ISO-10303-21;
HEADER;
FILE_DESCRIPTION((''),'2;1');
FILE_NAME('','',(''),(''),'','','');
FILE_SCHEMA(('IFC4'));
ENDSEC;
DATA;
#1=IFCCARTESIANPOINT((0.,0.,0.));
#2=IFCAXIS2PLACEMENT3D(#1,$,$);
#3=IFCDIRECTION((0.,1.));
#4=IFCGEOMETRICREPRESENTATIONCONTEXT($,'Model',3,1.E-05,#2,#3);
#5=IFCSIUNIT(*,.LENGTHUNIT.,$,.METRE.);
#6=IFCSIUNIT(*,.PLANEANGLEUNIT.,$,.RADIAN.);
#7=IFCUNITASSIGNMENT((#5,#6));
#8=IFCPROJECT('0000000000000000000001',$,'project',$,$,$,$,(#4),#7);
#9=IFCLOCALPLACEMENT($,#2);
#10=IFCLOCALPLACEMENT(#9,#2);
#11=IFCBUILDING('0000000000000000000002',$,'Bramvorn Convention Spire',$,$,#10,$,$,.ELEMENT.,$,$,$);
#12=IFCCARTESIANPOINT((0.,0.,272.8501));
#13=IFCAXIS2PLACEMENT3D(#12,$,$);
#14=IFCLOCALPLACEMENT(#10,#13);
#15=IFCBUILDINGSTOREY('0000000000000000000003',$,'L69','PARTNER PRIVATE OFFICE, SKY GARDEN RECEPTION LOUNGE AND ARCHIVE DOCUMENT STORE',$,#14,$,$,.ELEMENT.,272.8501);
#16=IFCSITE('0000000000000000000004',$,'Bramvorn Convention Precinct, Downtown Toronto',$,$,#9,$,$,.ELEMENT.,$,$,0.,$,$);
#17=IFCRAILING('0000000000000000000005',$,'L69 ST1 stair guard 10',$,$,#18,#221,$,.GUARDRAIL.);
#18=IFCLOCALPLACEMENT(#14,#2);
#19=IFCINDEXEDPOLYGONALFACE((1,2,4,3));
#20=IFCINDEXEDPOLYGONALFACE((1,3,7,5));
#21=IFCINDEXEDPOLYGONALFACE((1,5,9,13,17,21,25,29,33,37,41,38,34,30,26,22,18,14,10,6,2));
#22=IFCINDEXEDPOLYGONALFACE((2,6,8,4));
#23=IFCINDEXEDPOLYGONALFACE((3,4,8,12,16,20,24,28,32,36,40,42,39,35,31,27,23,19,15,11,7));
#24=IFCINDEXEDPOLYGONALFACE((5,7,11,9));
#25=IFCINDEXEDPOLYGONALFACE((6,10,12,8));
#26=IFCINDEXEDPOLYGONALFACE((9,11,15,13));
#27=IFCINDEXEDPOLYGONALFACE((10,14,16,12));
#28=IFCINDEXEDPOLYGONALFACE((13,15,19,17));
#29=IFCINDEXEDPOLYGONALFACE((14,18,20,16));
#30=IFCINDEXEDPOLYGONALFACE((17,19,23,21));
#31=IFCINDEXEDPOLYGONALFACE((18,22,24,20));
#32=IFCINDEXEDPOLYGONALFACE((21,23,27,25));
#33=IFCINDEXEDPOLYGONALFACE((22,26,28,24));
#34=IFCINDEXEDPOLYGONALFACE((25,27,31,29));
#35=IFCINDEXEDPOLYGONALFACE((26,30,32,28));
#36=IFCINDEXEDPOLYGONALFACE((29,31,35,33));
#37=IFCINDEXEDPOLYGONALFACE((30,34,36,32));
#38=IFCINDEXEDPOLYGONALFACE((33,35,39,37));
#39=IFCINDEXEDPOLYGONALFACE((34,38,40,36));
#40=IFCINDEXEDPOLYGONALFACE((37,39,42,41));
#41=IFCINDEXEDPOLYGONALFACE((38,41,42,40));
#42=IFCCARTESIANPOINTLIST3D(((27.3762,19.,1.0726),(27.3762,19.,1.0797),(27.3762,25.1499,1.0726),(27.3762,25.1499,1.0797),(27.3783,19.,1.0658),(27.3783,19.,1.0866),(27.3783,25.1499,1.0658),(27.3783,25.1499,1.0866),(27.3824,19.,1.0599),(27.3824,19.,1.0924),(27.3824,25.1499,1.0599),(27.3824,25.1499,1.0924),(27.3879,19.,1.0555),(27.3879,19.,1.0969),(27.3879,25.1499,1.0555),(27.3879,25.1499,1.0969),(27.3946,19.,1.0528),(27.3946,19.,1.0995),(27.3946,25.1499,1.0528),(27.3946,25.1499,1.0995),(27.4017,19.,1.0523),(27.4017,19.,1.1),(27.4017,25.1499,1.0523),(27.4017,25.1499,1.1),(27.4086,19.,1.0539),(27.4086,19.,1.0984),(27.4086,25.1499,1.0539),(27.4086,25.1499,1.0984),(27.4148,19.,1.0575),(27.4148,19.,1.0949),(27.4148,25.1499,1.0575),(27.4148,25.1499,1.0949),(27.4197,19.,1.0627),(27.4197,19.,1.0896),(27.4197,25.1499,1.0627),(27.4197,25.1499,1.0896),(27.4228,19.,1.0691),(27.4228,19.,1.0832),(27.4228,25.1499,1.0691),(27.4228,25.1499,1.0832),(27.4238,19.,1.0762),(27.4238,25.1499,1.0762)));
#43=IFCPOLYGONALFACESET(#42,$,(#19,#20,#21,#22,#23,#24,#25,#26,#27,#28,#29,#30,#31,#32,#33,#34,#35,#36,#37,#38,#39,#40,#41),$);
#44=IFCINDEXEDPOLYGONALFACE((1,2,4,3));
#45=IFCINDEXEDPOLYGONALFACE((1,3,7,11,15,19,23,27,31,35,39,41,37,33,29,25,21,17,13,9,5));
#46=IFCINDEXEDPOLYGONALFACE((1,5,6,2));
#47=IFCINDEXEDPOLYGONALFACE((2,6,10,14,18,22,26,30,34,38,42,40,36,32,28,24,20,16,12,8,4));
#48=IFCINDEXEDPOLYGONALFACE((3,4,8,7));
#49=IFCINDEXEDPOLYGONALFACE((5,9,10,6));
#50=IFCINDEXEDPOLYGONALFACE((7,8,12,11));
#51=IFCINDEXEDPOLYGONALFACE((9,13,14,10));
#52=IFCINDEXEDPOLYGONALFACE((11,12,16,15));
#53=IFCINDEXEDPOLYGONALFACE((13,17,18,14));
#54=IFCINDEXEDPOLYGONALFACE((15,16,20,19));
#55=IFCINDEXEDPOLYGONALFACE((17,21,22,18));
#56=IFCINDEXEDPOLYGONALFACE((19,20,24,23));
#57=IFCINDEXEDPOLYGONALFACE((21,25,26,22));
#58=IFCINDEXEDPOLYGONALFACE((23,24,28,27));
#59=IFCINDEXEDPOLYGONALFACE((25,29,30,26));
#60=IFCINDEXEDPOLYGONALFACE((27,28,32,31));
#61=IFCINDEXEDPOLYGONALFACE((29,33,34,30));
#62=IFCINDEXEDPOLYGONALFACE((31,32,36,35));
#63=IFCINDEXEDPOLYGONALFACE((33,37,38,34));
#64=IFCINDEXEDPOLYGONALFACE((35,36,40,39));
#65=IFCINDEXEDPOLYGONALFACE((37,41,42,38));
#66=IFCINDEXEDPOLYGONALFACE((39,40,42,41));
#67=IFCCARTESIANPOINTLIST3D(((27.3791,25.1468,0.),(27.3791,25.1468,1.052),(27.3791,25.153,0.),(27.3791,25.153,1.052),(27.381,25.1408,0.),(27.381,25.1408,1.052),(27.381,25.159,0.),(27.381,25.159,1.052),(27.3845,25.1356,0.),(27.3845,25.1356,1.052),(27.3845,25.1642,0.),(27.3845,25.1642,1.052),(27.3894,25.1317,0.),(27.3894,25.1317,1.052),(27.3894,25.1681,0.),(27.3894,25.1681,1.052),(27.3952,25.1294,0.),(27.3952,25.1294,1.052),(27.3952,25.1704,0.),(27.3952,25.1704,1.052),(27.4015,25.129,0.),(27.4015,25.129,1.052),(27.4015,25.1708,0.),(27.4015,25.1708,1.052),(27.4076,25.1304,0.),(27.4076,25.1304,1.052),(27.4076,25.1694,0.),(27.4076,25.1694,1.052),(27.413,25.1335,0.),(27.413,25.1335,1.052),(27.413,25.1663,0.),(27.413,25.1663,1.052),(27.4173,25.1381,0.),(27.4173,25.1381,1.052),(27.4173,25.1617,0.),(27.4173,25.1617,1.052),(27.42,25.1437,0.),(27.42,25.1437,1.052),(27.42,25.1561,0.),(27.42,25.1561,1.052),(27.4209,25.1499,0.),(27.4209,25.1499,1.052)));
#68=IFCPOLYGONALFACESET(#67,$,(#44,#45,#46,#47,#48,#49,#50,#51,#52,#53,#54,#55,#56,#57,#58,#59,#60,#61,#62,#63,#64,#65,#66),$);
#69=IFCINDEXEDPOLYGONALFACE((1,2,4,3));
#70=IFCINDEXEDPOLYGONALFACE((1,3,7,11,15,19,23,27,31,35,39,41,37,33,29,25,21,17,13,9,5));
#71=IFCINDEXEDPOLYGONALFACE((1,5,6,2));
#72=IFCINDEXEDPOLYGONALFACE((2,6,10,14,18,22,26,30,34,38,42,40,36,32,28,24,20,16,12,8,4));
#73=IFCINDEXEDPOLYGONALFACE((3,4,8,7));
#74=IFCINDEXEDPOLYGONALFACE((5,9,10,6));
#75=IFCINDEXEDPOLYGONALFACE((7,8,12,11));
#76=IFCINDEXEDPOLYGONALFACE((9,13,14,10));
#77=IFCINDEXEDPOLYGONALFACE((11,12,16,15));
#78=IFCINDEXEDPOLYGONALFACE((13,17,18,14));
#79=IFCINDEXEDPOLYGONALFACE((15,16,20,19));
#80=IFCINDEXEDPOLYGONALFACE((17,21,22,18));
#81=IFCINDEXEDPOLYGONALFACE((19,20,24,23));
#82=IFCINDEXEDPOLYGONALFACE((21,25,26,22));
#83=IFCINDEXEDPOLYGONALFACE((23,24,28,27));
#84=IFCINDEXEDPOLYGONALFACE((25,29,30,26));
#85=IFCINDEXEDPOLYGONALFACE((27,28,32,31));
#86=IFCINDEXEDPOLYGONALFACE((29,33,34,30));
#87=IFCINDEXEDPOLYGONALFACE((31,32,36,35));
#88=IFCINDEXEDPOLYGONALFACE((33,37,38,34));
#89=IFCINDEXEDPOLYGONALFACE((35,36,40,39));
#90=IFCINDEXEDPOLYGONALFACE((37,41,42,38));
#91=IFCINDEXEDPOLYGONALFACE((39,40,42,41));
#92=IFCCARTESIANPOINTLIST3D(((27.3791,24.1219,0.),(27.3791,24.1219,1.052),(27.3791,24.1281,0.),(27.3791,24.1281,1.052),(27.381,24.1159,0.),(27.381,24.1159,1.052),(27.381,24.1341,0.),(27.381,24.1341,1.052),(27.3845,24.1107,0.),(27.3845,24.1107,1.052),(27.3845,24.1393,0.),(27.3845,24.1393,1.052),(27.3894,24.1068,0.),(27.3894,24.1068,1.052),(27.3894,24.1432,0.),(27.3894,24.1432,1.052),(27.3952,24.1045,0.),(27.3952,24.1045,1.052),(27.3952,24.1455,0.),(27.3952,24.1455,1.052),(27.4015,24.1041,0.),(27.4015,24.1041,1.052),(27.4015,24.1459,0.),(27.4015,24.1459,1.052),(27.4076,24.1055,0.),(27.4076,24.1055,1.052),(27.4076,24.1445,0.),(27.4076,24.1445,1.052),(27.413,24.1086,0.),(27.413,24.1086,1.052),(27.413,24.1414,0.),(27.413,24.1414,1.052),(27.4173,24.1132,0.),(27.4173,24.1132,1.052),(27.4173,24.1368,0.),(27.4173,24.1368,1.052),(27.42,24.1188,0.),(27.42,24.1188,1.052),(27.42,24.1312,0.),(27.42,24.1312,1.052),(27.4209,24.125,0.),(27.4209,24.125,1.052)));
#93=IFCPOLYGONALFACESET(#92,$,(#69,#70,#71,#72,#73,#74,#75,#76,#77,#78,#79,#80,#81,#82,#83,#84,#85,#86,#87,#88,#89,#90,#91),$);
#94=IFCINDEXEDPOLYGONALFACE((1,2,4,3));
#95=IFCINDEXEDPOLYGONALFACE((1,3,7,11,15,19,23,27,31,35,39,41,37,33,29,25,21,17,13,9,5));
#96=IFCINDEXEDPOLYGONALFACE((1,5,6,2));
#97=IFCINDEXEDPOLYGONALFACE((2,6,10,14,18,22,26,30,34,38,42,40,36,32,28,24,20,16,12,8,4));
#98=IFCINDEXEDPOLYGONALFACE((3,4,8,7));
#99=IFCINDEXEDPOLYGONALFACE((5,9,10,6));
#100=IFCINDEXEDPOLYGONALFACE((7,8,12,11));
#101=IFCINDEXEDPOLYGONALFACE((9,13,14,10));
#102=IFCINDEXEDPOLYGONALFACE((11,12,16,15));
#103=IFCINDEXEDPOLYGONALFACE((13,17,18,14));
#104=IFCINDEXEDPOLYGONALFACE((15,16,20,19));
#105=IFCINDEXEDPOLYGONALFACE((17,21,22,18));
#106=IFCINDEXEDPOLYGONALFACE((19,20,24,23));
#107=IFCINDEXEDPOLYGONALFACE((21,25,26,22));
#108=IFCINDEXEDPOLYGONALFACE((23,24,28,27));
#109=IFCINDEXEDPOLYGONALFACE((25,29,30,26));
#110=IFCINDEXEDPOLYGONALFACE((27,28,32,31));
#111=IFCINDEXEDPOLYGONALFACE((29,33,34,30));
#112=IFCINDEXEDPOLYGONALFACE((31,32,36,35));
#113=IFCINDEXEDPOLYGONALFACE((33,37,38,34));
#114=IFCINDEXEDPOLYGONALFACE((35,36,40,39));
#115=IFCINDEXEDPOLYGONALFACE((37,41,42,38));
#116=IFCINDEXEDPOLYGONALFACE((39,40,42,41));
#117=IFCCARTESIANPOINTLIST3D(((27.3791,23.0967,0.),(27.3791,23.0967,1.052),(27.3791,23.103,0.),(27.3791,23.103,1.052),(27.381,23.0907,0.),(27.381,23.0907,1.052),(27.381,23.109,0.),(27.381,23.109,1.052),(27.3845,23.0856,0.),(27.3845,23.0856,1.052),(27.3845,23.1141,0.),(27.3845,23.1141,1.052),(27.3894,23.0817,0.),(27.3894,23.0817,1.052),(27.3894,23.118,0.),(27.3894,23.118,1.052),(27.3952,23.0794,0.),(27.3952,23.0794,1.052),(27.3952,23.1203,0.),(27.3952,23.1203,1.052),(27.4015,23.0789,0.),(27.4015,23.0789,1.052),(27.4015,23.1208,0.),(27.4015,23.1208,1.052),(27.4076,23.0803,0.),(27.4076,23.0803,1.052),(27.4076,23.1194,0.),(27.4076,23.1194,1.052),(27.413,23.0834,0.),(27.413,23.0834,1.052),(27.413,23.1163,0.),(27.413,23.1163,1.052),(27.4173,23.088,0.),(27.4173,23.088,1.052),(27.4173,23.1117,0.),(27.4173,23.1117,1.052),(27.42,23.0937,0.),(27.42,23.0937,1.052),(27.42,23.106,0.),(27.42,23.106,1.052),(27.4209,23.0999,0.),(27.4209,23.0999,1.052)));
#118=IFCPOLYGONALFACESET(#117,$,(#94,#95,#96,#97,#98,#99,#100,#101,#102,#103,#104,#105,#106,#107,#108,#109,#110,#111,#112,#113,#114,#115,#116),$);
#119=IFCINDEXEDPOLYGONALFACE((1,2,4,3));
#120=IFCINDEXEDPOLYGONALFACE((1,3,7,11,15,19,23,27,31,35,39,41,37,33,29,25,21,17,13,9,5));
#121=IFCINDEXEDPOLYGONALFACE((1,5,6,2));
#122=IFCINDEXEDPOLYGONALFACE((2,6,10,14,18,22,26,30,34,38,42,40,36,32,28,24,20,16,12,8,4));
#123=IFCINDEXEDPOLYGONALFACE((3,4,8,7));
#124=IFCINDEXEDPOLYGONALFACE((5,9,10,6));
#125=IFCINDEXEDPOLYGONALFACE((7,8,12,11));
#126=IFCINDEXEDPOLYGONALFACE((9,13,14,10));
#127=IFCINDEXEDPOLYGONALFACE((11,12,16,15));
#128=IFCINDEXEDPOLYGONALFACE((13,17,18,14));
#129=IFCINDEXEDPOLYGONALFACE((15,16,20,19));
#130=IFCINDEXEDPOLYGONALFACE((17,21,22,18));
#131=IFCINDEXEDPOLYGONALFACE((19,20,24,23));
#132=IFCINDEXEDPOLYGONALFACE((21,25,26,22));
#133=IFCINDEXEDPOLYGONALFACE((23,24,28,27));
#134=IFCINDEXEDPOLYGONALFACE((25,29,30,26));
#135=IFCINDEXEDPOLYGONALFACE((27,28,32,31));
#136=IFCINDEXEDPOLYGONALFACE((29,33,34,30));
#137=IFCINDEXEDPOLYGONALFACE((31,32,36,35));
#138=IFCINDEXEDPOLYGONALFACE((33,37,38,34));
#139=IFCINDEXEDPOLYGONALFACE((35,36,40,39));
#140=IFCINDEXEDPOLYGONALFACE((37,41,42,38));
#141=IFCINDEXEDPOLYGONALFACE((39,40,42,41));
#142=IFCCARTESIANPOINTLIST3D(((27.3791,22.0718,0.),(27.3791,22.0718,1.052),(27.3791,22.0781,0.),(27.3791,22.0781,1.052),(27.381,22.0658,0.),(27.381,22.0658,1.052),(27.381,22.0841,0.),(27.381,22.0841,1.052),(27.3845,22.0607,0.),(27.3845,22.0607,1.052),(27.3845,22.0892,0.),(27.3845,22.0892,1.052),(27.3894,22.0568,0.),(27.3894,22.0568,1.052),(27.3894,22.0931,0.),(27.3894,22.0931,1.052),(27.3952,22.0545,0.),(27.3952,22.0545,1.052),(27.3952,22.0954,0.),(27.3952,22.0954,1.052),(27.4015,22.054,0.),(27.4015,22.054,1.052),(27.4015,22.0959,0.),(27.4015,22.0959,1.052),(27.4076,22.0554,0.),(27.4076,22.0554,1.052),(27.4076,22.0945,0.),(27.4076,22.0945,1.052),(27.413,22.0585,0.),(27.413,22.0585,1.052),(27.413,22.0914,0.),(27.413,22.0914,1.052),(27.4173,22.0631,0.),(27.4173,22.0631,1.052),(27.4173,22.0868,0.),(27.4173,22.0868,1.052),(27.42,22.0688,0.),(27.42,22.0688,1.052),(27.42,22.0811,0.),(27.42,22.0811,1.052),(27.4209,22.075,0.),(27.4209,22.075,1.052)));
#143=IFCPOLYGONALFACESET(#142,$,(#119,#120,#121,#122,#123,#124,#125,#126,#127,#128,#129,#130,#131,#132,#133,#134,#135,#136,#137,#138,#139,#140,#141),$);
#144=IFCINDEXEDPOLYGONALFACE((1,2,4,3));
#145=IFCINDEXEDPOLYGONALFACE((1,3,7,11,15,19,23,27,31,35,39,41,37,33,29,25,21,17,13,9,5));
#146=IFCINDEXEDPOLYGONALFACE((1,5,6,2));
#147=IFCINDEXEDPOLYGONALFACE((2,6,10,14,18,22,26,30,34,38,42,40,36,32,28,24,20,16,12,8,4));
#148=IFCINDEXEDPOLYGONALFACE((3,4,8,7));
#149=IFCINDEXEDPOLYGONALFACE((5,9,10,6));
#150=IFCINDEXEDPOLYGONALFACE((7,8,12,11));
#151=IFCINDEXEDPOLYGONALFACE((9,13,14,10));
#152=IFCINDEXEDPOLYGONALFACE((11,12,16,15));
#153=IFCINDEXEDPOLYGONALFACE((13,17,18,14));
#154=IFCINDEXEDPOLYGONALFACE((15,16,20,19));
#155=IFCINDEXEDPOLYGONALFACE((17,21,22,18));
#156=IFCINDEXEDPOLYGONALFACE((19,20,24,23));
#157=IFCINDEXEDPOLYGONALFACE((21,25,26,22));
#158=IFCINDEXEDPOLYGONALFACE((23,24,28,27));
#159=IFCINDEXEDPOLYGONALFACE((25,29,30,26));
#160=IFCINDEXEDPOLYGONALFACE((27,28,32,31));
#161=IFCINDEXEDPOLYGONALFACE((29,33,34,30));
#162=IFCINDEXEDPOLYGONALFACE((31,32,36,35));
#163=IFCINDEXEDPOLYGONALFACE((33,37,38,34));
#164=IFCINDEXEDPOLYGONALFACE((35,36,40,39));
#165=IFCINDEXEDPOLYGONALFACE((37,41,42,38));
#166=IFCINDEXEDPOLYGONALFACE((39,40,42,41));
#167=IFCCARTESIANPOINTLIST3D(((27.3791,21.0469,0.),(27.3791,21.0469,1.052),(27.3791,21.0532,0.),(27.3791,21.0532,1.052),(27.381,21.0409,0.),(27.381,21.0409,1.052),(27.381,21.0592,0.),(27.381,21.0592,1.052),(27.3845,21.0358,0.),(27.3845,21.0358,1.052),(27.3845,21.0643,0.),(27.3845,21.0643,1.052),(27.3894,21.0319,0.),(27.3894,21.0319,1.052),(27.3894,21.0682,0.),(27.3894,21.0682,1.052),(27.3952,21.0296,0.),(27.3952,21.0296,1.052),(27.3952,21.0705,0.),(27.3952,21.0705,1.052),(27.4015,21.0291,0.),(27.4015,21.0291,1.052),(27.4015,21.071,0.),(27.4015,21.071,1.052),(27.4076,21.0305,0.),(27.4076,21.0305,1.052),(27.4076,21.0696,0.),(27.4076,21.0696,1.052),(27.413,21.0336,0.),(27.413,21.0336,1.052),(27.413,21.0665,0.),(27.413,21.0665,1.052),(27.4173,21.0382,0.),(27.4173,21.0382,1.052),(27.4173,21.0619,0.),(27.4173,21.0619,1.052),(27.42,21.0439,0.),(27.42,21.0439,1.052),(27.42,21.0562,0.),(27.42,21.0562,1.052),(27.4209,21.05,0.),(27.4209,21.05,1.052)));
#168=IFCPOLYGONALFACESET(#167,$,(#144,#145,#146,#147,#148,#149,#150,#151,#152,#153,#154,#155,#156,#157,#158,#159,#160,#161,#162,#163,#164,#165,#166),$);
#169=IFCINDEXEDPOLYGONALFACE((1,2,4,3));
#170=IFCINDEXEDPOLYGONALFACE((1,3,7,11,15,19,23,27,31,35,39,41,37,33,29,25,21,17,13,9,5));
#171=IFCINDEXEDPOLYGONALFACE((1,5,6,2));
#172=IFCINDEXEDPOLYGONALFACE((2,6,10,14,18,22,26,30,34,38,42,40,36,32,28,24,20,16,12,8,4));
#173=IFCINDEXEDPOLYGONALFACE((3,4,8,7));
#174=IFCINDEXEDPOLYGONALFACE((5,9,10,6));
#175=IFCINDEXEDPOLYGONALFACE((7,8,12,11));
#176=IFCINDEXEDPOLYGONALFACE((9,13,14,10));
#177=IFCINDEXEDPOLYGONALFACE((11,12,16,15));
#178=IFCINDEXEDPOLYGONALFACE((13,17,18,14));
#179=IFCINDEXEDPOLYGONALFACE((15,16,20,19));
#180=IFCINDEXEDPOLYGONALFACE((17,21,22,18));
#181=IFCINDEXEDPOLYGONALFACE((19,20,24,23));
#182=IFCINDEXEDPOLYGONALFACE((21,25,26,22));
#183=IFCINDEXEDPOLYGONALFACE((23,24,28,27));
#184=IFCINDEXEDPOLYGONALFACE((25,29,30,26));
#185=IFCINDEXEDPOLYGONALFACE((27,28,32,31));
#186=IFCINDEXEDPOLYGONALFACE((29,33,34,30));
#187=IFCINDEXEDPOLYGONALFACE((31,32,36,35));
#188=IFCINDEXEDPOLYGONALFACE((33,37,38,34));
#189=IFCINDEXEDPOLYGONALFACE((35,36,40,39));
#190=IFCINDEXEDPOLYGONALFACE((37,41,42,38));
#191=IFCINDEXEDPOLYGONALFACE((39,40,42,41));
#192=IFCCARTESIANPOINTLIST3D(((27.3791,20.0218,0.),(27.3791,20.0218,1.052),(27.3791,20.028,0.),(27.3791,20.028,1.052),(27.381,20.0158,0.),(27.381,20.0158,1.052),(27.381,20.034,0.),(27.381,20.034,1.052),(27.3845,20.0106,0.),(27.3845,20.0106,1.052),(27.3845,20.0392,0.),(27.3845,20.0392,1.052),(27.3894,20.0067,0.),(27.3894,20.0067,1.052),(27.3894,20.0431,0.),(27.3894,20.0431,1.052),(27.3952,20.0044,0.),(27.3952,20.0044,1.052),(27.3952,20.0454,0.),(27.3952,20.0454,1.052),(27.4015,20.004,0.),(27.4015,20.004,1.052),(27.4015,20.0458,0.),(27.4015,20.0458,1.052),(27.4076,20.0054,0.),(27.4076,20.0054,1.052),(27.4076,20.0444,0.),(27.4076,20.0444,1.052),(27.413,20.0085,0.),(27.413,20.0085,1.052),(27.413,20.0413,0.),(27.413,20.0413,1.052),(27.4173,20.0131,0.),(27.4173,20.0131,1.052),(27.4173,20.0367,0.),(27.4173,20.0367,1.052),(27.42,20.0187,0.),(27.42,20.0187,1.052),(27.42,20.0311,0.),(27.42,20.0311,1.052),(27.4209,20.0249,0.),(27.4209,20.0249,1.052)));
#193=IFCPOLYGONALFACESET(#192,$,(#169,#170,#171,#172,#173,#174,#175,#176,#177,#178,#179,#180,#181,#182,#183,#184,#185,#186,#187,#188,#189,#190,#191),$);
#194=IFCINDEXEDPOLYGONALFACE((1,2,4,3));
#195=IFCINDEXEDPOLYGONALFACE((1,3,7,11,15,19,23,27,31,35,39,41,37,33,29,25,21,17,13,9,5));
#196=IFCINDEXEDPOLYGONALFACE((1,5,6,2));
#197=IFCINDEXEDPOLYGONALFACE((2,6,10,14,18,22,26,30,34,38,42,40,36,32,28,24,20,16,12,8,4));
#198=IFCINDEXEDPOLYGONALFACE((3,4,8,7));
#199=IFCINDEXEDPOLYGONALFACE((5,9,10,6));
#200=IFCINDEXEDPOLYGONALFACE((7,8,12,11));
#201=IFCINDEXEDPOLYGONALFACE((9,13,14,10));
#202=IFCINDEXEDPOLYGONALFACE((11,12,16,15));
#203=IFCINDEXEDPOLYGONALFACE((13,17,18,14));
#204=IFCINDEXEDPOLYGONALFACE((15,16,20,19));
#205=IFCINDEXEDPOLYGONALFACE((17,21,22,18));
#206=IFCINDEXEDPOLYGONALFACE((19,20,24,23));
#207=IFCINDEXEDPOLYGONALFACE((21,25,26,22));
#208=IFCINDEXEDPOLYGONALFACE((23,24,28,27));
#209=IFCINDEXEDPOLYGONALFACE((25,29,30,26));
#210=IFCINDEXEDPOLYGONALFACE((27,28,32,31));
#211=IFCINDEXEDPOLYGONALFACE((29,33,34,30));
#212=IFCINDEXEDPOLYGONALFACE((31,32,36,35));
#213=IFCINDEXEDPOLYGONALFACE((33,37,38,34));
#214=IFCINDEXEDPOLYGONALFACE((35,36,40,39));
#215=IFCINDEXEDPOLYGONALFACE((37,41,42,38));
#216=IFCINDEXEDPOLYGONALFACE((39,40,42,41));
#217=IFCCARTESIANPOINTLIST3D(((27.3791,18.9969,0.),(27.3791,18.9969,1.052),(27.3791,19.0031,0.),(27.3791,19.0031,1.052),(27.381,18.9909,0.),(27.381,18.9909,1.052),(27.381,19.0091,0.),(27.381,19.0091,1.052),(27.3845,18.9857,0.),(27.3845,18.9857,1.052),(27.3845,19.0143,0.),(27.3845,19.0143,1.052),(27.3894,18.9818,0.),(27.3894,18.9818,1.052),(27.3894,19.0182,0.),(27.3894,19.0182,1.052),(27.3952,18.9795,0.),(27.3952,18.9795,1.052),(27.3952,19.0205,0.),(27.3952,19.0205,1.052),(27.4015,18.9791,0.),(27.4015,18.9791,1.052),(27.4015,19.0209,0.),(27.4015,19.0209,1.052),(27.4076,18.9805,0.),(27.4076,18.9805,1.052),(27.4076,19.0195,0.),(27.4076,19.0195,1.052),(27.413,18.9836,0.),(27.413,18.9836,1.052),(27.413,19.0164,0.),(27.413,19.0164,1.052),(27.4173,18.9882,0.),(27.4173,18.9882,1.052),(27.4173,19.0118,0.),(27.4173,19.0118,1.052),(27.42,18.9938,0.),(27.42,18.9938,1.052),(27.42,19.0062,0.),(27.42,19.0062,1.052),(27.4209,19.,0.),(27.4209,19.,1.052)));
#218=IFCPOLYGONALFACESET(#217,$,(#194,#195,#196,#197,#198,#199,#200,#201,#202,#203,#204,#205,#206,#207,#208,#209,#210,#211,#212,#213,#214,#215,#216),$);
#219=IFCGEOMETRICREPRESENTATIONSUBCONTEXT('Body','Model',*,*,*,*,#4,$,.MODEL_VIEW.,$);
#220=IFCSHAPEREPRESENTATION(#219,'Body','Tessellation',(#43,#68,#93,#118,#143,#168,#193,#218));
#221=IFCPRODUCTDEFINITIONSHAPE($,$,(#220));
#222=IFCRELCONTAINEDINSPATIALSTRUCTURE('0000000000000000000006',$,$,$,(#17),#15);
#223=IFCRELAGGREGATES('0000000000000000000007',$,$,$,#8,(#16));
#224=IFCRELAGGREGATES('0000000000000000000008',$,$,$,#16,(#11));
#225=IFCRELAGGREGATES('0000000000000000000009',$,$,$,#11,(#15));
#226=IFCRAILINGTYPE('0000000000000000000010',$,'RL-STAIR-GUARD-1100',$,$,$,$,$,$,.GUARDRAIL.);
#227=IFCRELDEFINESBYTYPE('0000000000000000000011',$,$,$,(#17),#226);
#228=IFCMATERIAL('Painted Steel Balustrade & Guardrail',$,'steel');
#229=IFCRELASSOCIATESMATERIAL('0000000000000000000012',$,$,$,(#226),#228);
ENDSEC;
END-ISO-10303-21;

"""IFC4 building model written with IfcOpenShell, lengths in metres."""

from ifc_helpers import new_model, si_unit, direction, frame, origin, origin_2d, place, context, subcontext, project, spatial, circle, extrude, material, type_object, element, save


model = new_model("IFC4")

# Units and contexts
model_context = context("Model", 3, precision=1e-05, world=origin(), true_north=direction((0.0, 1.0)))
body_context = subcontext(model_context, "Body", "Model", "MODEL_VIEW")
ifc_project = project(units=[si_unit("LENGTHUNIT", "METRE"), si_unit("PLANEANGLEUNIT", "RADIAN")], contexts=[model_context])

# Site, building, storey
site_placement = place(None, origin())
site = spatial("IfcSite", under=ifc_project, at=site_placement, Name="Bramvorn Convention Precinct, Downtown Toronto", CompositionType="ELEMENT", RefElevation=0.0)
building_placement = place(site_placement, origin())
building = spatial("IfcBuilding", under=site, at=building_placement, Name="Bramvorn Convention Spire", CompositionType="ELEMENT")
storey_placement = place(building_placement, frame((0.0, 0.0, 272.8501)))
storey = spatial("IfcBuildingStorey", under=building, at=storey_placement, Name="L69", Description="PARTNER PRIVATE OFFICE, SKY GARDEN RECEPTION LOUNGE AND ARCHIVE DOCUMENT STORE", CompositionType="ELEMENT", Elevation=272.8501)

# Railing
ifc_material_1 = material(Name="Painted Steel Balustrade & Guardrail", Category="steel")
railing_type = type_object("IfcRailingType", Name="RL-STAIR-GUARD-1100", PredefinedType="GUARDRAIL", material=ifc_material_1)
railing_1_placement = place(storey_placement, frame((27.3999, 25.1499, 0.0)))
element("IfcRailing", 1, at=railing_1_placement, inside=storey, type_object=railing_type, Name="L69 ST1 stair guard 10", PredefinedType="GUARDRAIL", context=body_context, shape_type="SweptSolid", body=[
    extrude(circle(Radius=0.0239, at=origin_2d()), frame((0.0, 0.0, 1.0762), z_axis=(0.0, -1.0, 0.0), x_axis=(1.0, 0.0, 0.0)), (0.0, 0.0, 1.0), 6.1499),
    extrude(circle(Radius=0.021, at=origin_2d()), origin(), (0.0, 0.0, 1.0), 1.052),
    extrude(circle(Radius=0.021, at=origin_2d()), frame((0.0, -1.0249, 0.0)), (0.0, 0.0, 1.0), 1.052),
    extrude(circle(Radius=0.021, at=origin_2d()), frame((0.0, -2.05, 0.0)), (0.0, 0.0, 1.0), 1.052),
    extrude(circle(Radius=0.021, at=origin_2d()), frame((0.0, -3.075, 0.0)), (0.0, 0.0, 1.0), 1.052),
    extrude(circle(Radius=0.021, at=origin_2d()), frame((0.0, -4.0999, 0.0)), (0.0, 0.0, 1.0), 1.052),
    extrude(circle(Radius=0.021, at=origin_2d()), frame((0.0, -5.125, 0.0)), (0.0, 0.0, 1.0), 1.052),
    extrude(circle(Radius=0.021, at=origin_2d()), frame((0.0, -6.1499, 0.0)), (0.0, 0.0, 1.0), 1.052),
])

save(model, "model.ifc")
